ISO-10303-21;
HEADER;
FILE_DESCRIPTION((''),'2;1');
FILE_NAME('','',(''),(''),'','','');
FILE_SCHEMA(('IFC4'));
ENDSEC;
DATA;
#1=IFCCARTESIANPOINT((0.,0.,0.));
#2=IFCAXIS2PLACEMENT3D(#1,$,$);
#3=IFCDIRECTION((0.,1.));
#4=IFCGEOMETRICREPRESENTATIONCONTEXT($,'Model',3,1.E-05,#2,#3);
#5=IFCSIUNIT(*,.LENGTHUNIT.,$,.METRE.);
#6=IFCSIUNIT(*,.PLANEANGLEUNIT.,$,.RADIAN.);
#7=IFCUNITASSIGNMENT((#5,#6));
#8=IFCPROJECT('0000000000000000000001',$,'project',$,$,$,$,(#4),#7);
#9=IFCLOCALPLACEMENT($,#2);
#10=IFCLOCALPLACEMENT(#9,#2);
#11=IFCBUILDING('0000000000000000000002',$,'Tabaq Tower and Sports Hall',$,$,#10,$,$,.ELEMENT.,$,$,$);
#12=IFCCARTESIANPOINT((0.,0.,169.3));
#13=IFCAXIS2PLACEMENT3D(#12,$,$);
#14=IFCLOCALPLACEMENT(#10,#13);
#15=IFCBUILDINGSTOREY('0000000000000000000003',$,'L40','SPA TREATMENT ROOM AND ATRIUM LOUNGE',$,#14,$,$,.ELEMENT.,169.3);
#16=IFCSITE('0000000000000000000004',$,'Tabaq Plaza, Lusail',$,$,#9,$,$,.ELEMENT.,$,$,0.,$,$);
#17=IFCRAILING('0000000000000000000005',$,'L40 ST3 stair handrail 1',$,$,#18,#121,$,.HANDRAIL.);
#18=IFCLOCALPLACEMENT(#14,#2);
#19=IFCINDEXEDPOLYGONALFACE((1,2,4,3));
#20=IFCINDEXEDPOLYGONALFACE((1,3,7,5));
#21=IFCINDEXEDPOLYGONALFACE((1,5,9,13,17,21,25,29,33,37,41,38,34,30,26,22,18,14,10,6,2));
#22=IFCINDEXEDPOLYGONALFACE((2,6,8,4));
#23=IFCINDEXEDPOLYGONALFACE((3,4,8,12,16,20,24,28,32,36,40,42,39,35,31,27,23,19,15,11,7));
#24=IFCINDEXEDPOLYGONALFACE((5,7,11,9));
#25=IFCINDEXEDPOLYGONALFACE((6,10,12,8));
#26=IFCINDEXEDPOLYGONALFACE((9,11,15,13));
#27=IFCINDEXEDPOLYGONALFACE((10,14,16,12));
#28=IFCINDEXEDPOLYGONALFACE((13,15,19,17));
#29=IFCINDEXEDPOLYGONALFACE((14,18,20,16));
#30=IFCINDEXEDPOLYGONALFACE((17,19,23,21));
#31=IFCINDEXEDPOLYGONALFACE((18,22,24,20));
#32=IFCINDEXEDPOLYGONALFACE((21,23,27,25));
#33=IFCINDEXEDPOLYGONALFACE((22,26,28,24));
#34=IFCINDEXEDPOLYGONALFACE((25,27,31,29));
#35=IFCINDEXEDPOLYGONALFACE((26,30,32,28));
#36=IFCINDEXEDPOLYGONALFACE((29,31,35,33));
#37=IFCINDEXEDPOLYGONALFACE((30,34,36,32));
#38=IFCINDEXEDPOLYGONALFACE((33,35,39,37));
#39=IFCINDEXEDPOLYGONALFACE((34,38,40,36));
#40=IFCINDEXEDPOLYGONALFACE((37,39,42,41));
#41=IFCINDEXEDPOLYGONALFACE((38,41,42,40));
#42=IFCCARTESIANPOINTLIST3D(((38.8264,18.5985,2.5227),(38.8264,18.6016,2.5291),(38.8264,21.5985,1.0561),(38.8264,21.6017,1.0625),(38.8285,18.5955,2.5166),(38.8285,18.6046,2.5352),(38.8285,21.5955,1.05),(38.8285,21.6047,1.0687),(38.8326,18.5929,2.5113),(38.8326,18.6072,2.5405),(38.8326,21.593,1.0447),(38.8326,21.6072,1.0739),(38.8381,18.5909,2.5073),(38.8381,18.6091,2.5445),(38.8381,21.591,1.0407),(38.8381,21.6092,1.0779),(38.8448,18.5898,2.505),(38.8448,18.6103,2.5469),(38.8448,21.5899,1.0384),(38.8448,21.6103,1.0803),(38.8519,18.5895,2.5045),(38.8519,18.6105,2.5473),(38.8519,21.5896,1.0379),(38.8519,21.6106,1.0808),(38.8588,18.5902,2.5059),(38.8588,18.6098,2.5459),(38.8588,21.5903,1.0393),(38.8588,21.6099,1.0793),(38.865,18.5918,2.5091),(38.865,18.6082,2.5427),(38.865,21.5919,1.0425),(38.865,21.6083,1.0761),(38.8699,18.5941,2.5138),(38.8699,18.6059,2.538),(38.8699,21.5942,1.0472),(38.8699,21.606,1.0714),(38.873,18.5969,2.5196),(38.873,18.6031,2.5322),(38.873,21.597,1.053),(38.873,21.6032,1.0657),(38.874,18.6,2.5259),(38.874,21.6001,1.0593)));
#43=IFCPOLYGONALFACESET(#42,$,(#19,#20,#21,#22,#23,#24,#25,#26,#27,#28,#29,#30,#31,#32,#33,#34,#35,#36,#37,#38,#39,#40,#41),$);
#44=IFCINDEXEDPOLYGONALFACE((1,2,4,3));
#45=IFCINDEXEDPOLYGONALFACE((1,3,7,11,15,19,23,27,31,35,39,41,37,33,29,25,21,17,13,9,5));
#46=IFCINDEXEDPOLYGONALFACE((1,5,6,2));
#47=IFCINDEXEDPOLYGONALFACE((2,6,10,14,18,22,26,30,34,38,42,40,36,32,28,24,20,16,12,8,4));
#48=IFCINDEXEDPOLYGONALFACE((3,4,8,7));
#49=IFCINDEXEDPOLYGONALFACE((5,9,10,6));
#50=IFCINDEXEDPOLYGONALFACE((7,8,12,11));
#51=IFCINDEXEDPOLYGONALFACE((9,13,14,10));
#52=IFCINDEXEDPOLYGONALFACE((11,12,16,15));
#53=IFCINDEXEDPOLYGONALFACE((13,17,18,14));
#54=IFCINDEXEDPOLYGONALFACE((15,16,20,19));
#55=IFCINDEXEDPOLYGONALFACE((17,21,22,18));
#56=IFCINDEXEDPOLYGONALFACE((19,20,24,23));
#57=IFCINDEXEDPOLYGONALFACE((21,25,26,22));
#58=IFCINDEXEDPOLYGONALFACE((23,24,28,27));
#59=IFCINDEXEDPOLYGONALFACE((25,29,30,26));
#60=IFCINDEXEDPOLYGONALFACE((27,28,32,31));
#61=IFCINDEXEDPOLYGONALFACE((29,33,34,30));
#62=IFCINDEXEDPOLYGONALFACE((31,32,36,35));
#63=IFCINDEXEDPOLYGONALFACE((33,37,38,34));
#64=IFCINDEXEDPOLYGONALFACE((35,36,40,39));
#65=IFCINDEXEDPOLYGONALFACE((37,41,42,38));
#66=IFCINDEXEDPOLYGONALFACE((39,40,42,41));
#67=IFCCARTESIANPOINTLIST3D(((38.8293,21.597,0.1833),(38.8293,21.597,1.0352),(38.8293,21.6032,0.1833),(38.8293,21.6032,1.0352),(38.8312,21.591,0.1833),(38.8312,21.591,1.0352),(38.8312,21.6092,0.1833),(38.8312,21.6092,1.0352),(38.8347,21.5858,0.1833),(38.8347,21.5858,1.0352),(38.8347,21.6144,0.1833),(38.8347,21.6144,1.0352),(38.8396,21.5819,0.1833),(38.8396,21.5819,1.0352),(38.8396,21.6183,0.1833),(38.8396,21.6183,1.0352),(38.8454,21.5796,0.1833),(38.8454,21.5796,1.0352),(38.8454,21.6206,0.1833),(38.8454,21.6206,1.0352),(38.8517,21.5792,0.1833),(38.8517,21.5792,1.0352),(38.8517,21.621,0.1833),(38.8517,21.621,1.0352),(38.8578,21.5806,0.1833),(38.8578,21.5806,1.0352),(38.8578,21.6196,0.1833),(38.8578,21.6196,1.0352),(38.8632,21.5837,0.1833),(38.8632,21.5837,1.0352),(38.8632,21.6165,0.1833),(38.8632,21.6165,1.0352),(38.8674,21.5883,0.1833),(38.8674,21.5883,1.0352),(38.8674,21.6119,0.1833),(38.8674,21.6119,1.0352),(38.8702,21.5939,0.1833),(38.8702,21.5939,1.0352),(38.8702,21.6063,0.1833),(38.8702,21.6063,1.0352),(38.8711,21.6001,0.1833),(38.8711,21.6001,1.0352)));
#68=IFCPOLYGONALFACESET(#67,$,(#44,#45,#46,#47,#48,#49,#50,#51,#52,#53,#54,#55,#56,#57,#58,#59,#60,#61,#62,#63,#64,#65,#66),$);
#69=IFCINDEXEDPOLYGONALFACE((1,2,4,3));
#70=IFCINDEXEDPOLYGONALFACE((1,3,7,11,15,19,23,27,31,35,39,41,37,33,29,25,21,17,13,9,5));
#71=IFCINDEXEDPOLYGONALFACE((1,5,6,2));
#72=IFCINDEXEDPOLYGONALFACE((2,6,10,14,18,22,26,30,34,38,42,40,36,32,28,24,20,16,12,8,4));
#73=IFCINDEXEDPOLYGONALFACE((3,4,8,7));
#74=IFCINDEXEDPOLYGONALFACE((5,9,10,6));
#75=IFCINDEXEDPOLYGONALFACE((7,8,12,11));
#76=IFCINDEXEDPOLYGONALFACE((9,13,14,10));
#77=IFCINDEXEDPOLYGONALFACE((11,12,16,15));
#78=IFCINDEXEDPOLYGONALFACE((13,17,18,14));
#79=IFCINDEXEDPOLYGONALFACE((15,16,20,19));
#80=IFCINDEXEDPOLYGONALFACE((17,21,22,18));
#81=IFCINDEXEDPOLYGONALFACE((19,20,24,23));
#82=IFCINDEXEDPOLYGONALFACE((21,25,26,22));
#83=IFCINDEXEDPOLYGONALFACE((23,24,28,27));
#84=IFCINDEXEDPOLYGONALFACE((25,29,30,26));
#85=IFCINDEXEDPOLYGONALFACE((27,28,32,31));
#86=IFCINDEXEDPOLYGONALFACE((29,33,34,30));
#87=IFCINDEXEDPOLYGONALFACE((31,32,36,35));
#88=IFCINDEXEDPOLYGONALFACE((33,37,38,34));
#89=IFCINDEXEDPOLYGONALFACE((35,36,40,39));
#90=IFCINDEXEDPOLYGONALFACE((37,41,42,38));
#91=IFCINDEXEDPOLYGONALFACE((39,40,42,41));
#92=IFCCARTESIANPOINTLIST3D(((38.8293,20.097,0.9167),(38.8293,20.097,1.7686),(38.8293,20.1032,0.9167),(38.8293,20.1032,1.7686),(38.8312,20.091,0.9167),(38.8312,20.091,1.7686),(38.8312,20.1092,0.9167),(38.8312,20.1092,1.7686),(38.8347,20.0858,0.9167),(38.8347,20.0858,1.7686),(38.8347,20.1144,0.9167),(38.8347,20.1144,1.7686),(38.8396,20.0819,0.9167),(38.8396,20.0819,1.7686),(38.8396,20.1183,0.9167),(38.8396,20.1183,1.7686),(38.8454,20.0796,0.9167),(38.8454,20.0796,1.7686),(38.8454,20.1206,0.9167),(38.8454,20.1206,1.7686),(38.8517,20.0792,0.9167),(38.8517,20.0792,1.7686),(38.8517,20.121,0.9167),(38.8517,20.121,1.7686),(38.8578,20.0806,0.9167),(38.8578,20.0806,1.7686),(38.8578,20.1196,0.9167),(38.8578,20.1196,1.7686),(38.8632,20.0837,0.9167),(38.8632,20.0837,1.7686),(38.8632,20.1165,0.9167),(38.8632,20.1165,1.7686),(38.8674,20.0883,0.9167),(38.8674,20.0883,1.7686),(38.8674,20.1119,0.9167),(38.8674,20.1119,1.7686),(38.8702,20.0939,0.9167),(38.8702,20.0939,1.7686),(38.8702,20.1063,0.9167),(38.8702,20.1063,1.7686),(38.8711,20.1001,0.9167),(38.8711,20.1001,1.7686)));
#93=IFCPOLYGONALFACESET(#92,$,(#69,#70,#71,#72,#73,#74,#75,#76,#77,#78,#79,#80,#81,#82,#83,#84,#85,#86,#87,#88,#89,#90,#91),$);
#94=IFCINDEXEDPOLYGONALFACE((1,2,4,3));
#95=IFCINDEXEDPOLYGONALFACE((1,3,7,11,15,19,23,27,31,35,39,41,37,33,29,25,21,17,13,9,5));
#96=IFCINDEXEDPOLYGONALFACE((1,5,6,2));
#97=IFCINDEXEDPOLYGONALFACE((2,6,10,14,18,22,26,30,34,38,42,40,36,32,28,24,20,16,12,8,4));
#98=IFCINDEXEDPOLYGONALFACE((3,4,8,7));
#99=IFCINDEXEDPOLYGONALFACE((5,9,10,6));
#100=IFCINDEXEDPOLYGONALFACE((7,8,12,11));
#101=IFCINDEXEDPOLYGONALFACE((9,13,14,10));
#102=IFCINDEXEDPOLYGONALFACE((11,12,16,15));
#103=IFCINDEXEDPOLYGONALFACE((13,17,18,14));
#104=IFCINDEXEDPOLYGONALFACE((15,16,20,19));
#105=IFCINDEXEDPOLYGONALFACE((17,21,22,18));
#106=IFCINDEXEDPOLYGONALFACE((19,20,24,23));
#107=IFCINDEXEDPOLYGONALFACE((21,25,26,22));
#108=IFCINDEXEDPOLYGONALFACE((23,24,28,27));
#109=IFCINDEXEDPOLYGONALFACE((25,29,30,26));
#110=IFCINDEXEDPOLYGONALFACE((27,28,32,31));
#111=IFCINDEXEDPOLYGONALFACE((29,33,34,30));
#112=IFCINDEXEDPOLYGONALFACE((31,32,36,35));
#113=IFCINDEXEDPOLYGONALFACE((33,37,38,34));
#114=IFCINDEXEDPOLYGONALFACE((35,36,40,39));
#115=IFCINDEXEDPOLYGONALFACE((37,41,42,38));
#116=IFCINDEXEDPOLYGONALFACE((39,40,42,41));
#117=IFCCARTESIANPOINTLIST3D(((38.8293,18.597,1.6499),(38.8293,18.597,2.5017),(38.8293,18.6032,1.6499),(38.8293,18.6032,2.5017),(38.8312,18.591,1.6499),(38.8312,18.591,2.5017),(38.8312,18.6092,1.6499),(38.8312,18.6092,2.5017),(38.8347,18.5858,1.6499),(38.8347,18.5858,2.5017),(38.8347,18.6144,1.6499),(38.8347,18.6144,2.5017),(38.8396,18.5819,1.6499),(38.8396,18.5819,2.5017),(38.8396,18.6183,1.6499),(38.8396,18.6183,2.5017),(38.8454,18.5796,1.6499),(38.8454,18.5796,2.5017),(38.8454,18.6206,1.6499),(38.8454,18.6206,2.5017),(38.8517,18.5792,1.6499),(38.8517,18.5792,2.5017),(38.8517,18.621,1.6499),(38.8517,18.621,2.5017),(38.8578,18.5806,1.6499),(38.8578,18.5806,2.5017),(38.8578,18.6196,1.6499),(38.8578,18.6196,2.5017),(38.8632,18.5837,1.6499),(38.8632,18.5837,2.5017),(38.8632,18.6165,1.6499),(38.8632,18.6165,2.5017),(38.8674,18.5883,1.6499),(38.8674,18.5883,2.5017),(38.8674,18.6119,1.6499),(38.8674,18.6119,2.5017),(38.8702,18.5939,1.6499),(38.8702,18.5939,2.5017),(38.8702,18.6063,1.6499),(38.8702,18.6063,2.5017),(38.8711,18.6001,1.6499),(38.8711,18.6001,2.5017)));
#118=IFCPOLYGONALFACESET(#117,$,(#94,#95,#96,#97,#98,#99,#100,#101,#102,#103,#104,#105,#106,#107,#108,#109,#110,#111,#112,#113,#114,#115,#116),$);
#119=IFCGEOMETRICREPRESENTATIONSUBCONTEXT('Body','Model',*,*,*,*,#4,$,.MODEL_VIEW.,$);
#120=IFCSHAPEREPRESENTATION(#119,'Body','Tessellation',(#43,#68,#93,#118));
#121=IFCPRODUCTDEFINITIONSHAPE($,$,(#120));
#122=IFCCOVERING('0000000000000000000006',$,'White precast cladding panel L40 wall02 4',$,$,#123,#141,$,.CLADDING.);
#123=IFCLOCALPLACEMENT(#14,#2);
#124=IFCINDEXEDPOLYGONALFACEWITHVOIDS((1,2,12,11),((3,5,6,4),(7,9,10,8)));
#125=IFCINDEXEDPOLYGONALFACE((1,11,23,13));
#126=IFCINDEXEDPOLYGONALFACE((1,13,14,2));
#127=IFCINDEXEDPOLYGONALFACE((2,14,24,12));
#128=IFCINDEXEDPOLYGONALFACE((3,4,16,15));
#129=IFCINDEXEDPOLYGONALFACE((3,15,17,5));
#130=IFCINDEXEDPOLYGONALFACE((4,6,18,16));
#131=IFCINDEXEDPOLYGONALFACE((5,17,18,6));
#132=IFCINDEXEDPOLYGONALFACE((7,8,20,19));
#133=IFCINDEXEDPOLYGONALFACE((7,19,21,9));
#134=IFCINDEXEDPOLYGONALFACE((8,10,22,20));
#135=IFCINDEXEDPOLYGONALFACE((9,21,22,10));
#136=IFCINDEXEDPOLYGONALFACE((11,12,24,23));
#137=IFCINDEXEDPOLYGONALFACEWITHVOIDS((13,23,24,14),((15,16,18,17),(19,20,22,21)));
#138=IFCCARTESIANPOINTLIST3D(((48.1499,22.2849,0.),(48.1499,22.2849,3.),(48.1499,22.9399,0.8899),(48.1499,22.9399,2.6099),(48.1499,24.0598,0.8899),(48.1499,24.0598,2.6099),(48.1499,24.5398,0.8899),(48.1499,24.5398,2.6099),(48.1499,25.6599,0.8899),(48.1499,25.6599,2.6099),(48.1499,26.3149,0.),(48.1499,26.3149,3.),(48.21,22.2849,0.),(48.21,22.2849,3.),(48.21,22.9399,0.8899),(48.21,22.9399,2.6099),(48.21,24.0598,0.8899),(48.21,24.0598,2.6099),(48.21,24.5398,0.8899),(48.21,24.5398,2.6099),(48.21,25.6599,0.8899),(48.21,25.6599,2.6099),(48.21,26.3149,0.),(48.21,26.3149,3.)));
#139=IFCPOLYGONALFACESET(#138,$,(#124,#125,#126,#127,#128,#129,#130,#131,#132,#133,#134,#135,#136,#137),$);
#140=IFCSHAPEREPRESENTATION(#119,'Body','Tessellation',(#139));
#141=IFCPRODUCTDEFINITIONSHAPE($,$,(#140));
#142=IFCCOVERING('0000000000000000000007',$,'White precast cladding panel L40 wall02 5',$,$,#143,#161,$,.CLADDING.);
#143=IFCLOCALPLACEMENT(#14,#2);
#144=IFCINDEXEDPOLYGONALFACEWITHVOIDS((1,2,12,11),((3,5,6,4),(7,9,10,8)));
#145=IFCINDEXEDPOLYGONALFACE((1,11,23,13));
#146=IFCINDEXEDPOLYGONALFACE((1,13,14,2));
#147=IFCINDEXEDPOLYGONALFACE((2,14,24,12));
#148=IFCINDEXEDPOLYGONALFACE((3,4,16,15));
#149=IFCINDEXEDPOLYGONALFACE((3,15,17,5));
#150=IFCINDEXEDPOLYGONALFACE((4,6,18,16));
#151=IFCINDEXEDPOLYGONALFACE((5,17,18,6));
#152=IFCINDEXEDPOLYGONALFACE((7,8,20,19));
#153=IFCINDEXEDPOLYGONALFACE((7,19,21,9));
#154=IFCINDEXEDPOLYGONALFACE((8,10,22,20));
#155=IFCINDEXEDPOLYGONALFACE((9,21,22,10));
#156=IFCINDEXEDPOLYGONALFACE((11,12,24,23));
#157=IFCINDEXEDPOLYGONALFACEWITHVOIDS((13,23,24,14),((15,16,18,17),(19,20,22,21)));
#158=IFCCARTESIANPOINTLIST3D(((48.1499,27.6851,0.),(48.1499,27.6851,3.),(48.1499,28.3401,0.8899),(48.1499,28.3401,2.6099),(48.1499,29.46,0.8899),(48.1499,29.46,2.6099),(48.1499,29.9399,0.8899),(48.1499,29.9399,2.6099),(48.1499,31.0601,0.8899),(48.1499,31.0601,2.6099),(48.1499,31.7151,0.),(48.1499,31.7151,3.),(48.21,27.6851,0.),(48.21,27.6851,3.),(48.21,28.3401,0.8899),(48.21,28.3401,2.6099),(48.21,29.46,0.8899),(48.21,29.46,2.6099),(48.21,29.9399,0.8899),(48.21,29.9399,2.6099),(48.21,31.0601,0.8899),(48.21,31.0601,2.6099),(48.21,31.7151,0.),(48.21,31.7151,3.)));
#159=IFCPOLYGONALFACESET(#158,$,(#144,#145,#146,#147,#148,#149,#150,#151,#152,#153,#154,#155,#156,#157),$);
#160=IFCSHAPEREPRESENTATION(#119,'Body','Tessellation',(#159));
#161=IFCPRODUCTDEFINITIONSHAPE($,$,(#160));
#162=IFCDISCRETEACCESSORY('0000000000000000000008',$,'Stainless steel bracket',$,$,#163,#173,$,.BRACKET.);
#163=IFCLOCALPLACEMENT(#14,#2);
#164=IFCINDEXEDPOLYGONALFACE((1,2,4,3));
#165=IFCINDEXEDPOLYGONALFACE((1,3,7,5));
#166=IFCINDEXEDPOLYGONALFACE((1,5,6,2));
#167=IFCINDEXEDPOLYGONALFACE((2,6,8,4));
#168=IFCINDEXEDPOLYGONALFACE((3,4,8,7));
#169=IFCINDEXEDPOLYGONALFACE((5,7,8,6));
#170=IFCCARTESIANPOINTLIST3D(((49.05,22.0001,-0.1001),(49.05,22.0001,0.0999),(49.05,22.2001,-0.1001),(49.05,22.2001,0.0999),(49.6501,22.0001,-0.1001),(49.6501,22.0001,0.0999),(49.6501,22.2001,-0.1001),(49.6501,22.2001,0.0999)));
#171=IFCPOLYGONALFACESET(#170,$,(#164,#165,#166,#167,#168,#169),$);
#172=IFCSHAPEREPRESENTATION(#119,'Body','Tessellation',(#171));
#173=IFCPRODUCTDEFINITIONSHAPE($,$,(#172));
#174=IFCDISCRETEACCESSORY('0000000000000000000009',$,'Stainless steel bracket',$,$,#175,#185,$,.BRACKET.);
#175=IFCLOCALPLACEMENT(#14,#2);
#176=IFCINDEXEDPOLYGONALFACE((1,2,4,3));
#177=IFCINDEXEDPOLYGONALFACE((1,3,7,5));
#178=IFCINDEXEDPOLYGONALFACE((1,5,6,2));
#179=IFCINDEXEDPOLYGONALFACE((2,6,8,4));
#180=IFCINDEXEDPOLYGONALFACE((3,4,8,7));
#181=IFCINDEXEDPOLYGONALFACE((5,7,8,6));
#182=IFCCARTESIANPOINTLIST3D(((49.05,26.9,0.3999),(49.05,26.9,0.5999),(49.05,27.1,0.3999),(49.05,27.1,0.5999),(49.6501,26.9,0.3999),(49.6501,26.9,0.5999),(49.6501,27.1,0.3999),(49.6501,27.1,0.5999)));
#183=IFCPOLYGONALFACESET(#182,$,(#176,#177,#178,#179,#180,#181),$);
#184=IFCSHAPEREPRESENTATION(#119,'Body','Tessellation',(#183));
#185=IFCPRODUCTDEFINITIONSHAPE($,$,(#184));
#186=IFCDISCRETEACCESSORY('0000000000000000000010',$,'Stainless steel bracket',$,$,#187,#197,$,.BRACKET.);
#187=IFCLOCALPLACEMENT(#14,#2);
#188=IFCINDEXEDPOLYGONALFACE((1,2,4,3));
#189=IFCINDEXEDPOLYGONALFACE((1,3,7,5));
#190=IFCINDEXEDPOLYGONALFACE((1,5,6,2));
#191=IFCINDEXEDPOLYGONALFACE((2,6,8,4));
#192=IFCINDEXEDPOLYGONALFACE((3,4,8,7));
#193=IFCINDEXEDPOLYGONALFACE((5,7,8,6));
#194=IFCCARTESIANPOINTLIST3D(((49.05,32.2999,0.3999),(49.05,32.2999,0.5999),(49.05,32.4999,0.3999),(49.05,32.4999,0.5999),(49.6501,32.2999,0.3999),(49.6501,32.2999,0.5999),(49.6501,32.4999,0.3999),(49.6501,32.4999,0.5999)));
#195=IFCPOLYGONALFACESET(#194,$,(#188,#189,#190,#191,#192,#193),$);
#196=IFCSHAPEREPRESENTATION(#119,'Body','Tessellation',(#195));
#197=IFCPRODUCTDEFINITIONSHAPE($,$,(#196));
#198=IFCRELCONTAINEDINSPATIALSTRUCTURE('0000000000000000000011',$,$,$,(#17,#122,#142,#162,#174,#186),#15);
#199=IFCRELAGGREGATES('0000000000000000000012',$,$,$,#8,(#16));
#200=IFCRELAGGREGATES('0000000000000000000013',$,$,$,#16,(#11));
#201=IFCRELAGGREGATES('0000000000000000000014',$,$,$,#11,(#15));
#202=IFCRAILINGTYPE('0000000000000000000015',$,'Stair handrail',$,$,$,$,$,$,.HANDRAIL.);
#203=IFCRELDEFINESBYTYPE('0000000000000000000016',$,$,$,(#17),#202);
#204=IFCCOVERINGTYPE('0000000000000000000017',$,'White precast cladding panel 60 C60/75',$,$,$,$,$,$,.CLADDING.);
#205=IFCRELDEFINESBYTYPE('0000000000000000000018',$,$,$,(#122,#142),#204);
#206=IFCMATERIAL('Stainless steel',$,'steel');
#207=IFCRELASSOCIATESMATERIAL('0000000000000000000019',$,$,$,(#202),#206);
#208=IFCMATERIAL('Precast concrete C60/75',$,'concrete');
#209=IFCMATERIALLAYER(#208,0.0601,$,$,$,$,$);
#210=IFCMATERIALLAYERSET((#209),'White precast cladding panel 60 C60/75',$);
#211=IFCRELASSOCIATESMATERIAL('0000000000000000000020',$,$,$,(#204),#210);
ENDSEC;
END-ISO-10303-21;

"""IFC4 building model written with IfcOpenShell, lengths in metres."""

from ifc_helpers import new_model, si_unit, direction, frame, origin, origin_2d, place, context, subcontext, project, spatial, polyline, rectangle, circle, outline, extrude, material, layer, layer_set, type_object, element, save


model = new_model("IFC4")

# Units and contexts
model_context = context("Model", 3, precision=1e-05, world=origin(), true_north=direction((0.0, 1.0)))
body_context = subcontext(model_context, "Body", "Model", "MODEL_VIEW")
ifc_project = project(units=[si_unit("LENGTHUNIT", "METRE"), si_unit("PLANEANGLEUNIT", "RADIAN")], contexts=[model_context])

# Site, building, storey
site_placement = place(None, origin())
site = spatial("IfcSite", under=ifc_project, at=site_placement, Name="Tabaq Plaza, Lusail", CompositionType="ELEMENT", RefElevation=0.0)
building_placement = place(site_placement, origin())
building = spatial("IfcBuilding", under=site, at=building_placement, Name="Tabaq Tower and Sports Hall", CompositionType="ELEMENT")
storey_placement = place(building_placement, frame((0.0, 0.0, 169.3)))
storey = spatial("IfcBuildingStorey", under=building, at=storey_placement, Name="L40", Description="SPA TREATMENT ROOM AND ATRIUM LOUNGE", CompositionType="ELEMENT", Elevation=169.3)

# Railing
ifc_material_1 = material(Name="Stainless steel", Category="steel")
railing_type_1 = type_object("IfcRailingType", Name="Stair handrail", PredefinedType="HANDRAIL", material=ifc_material_1)
railing_1_placement = place(storey_placement, frame((38.8501, 21.6001, 0.1833)))
element("IfcRailing", 1, at=railing_1_placement, inside=storey, type_object=railing_type_1, Name="L40 ST3 stair handrail 1", PredefinedType="HANDRAIL", context=body_context, shape_type="SweptSolid", body=[
    extrude(circle(Radius=0.0239, at=origin_2d()), frame((0.0, 0.0, 0.876), z_axis=(0.0, -0.898398, 0.439183), x_axis=(1.0, 0.0, 0.0)), (0.0, 0.0, 1.0), 3.3394),
    extrude(circle(Radius=0.021, at=origin_2d()), origin(), (0.0, 0.0, 1.0), 0.8518),
    extrude(circle(Radius=0.021, at=origin_2d()), frame((0.0, -1.5, 0.7334)), (0.0, 0.0, 1.0), 0.8518),
    extrude(circle(Radius=0.021, at=origin_2d()), frame((0.0, -3.0, 1.4666)), (0.0, 0.0, 1.0), 0.8518),
])

# Coverings
ifc_material_2 = material(Name="Precast concrete C60/75", Category="concrete")
ifc_layer_1 = layer(ifc_material_2, 0.0601)
ifc_layer_set_1 = layer_set([ifc_layer_1], Name="White precast cladding panel 60 C60/75")
covering_type_1 = type_object("IfcCoveringType", Name="White precast cladding panel 60 C60/75", PredefinedType="CLADDING", material=ifc_layer_set_1)
for number, where, z_axis, x_axis, name in (
    (2, (48.1799, 22.2849, 0.0), (0.0, 0.0, 1.0), (0.0, 1.0, 0.0), "White precast cladding panel L40 wall02 4"),
    (3, (48.1799, 27.6851, 0.0), (0.0, 0.0, 1.0), (0.0, 1.0, 0.0), "White precast cladding panel L40 wall02 5"),
):
    element("IfcCovering", number, at=place(storey_placement, frame(where, z_axis=z_axis, x_axis=x_axis)), inside=storey, type_object=covering_type_1, Name=name, PredefinedType="CLADDING", context=body_context, shape_type="SweptSolid", body=[
        extrude(outline(polyline([(0.0, 0.0), (4.03, 0.0), (4.03, 3.0), (0.0, 3.0), (0.0, 0.0)]), holes=[polyline([(0.655, 2.6099), (1.7749, 2.6099), (1.7749, 0.8899), (0.655, 0.8899), (0.655, 2.6099)]), polyline([(2.2549, 2.6099), (3.375, 2.6099), (3.375, 0.8899), (2.2549, 0.8899), (2.2549, 2.6099)])]), frame((0.0, 0.03, 0.0), z_axis=(0.0, -1.0, 0.0), x_axis=(1.0, 0.0, 0.0)), (0.0, 0.0, 1.0), 0.0601),
    ])

# Discrete accessories
for number, where, z_axis, x_axis, name in (
    (4, (49.3501, 22.1001, -0.1001), (0.0, 0.0, 1.0), (1.0, 0.0, 0.0), "Stainless steel bracket"),
    (5, (49.3501, 27.0, 0.3999), (0.0, 0.0, 1.0), (1.0, 0.0, 0.0), "Stainless steel bracket"),
    (6, (49.3501, 32.3999, 0.3999), (0.0, 0.0, 1.0), (1.0, 0.0, 0.0), "Stainless steel bracket"),
):
    element("IfcDiscreteAccessory", number, at=place(storey_placement, frame(where, z_axis=z_axis, x_axis=x_axis)), inside=storey, Name=name, PredefinedType="BRACKET", context=body_context, shape_type="SweptSolid", body=[
        extrude(rectangle(XDim=0.6001, YDim=0.2, at=origin_2d()), origin(), (0.0, 0.0, 1.0), 0.2),
    ])

save(model, "model.ifc")
